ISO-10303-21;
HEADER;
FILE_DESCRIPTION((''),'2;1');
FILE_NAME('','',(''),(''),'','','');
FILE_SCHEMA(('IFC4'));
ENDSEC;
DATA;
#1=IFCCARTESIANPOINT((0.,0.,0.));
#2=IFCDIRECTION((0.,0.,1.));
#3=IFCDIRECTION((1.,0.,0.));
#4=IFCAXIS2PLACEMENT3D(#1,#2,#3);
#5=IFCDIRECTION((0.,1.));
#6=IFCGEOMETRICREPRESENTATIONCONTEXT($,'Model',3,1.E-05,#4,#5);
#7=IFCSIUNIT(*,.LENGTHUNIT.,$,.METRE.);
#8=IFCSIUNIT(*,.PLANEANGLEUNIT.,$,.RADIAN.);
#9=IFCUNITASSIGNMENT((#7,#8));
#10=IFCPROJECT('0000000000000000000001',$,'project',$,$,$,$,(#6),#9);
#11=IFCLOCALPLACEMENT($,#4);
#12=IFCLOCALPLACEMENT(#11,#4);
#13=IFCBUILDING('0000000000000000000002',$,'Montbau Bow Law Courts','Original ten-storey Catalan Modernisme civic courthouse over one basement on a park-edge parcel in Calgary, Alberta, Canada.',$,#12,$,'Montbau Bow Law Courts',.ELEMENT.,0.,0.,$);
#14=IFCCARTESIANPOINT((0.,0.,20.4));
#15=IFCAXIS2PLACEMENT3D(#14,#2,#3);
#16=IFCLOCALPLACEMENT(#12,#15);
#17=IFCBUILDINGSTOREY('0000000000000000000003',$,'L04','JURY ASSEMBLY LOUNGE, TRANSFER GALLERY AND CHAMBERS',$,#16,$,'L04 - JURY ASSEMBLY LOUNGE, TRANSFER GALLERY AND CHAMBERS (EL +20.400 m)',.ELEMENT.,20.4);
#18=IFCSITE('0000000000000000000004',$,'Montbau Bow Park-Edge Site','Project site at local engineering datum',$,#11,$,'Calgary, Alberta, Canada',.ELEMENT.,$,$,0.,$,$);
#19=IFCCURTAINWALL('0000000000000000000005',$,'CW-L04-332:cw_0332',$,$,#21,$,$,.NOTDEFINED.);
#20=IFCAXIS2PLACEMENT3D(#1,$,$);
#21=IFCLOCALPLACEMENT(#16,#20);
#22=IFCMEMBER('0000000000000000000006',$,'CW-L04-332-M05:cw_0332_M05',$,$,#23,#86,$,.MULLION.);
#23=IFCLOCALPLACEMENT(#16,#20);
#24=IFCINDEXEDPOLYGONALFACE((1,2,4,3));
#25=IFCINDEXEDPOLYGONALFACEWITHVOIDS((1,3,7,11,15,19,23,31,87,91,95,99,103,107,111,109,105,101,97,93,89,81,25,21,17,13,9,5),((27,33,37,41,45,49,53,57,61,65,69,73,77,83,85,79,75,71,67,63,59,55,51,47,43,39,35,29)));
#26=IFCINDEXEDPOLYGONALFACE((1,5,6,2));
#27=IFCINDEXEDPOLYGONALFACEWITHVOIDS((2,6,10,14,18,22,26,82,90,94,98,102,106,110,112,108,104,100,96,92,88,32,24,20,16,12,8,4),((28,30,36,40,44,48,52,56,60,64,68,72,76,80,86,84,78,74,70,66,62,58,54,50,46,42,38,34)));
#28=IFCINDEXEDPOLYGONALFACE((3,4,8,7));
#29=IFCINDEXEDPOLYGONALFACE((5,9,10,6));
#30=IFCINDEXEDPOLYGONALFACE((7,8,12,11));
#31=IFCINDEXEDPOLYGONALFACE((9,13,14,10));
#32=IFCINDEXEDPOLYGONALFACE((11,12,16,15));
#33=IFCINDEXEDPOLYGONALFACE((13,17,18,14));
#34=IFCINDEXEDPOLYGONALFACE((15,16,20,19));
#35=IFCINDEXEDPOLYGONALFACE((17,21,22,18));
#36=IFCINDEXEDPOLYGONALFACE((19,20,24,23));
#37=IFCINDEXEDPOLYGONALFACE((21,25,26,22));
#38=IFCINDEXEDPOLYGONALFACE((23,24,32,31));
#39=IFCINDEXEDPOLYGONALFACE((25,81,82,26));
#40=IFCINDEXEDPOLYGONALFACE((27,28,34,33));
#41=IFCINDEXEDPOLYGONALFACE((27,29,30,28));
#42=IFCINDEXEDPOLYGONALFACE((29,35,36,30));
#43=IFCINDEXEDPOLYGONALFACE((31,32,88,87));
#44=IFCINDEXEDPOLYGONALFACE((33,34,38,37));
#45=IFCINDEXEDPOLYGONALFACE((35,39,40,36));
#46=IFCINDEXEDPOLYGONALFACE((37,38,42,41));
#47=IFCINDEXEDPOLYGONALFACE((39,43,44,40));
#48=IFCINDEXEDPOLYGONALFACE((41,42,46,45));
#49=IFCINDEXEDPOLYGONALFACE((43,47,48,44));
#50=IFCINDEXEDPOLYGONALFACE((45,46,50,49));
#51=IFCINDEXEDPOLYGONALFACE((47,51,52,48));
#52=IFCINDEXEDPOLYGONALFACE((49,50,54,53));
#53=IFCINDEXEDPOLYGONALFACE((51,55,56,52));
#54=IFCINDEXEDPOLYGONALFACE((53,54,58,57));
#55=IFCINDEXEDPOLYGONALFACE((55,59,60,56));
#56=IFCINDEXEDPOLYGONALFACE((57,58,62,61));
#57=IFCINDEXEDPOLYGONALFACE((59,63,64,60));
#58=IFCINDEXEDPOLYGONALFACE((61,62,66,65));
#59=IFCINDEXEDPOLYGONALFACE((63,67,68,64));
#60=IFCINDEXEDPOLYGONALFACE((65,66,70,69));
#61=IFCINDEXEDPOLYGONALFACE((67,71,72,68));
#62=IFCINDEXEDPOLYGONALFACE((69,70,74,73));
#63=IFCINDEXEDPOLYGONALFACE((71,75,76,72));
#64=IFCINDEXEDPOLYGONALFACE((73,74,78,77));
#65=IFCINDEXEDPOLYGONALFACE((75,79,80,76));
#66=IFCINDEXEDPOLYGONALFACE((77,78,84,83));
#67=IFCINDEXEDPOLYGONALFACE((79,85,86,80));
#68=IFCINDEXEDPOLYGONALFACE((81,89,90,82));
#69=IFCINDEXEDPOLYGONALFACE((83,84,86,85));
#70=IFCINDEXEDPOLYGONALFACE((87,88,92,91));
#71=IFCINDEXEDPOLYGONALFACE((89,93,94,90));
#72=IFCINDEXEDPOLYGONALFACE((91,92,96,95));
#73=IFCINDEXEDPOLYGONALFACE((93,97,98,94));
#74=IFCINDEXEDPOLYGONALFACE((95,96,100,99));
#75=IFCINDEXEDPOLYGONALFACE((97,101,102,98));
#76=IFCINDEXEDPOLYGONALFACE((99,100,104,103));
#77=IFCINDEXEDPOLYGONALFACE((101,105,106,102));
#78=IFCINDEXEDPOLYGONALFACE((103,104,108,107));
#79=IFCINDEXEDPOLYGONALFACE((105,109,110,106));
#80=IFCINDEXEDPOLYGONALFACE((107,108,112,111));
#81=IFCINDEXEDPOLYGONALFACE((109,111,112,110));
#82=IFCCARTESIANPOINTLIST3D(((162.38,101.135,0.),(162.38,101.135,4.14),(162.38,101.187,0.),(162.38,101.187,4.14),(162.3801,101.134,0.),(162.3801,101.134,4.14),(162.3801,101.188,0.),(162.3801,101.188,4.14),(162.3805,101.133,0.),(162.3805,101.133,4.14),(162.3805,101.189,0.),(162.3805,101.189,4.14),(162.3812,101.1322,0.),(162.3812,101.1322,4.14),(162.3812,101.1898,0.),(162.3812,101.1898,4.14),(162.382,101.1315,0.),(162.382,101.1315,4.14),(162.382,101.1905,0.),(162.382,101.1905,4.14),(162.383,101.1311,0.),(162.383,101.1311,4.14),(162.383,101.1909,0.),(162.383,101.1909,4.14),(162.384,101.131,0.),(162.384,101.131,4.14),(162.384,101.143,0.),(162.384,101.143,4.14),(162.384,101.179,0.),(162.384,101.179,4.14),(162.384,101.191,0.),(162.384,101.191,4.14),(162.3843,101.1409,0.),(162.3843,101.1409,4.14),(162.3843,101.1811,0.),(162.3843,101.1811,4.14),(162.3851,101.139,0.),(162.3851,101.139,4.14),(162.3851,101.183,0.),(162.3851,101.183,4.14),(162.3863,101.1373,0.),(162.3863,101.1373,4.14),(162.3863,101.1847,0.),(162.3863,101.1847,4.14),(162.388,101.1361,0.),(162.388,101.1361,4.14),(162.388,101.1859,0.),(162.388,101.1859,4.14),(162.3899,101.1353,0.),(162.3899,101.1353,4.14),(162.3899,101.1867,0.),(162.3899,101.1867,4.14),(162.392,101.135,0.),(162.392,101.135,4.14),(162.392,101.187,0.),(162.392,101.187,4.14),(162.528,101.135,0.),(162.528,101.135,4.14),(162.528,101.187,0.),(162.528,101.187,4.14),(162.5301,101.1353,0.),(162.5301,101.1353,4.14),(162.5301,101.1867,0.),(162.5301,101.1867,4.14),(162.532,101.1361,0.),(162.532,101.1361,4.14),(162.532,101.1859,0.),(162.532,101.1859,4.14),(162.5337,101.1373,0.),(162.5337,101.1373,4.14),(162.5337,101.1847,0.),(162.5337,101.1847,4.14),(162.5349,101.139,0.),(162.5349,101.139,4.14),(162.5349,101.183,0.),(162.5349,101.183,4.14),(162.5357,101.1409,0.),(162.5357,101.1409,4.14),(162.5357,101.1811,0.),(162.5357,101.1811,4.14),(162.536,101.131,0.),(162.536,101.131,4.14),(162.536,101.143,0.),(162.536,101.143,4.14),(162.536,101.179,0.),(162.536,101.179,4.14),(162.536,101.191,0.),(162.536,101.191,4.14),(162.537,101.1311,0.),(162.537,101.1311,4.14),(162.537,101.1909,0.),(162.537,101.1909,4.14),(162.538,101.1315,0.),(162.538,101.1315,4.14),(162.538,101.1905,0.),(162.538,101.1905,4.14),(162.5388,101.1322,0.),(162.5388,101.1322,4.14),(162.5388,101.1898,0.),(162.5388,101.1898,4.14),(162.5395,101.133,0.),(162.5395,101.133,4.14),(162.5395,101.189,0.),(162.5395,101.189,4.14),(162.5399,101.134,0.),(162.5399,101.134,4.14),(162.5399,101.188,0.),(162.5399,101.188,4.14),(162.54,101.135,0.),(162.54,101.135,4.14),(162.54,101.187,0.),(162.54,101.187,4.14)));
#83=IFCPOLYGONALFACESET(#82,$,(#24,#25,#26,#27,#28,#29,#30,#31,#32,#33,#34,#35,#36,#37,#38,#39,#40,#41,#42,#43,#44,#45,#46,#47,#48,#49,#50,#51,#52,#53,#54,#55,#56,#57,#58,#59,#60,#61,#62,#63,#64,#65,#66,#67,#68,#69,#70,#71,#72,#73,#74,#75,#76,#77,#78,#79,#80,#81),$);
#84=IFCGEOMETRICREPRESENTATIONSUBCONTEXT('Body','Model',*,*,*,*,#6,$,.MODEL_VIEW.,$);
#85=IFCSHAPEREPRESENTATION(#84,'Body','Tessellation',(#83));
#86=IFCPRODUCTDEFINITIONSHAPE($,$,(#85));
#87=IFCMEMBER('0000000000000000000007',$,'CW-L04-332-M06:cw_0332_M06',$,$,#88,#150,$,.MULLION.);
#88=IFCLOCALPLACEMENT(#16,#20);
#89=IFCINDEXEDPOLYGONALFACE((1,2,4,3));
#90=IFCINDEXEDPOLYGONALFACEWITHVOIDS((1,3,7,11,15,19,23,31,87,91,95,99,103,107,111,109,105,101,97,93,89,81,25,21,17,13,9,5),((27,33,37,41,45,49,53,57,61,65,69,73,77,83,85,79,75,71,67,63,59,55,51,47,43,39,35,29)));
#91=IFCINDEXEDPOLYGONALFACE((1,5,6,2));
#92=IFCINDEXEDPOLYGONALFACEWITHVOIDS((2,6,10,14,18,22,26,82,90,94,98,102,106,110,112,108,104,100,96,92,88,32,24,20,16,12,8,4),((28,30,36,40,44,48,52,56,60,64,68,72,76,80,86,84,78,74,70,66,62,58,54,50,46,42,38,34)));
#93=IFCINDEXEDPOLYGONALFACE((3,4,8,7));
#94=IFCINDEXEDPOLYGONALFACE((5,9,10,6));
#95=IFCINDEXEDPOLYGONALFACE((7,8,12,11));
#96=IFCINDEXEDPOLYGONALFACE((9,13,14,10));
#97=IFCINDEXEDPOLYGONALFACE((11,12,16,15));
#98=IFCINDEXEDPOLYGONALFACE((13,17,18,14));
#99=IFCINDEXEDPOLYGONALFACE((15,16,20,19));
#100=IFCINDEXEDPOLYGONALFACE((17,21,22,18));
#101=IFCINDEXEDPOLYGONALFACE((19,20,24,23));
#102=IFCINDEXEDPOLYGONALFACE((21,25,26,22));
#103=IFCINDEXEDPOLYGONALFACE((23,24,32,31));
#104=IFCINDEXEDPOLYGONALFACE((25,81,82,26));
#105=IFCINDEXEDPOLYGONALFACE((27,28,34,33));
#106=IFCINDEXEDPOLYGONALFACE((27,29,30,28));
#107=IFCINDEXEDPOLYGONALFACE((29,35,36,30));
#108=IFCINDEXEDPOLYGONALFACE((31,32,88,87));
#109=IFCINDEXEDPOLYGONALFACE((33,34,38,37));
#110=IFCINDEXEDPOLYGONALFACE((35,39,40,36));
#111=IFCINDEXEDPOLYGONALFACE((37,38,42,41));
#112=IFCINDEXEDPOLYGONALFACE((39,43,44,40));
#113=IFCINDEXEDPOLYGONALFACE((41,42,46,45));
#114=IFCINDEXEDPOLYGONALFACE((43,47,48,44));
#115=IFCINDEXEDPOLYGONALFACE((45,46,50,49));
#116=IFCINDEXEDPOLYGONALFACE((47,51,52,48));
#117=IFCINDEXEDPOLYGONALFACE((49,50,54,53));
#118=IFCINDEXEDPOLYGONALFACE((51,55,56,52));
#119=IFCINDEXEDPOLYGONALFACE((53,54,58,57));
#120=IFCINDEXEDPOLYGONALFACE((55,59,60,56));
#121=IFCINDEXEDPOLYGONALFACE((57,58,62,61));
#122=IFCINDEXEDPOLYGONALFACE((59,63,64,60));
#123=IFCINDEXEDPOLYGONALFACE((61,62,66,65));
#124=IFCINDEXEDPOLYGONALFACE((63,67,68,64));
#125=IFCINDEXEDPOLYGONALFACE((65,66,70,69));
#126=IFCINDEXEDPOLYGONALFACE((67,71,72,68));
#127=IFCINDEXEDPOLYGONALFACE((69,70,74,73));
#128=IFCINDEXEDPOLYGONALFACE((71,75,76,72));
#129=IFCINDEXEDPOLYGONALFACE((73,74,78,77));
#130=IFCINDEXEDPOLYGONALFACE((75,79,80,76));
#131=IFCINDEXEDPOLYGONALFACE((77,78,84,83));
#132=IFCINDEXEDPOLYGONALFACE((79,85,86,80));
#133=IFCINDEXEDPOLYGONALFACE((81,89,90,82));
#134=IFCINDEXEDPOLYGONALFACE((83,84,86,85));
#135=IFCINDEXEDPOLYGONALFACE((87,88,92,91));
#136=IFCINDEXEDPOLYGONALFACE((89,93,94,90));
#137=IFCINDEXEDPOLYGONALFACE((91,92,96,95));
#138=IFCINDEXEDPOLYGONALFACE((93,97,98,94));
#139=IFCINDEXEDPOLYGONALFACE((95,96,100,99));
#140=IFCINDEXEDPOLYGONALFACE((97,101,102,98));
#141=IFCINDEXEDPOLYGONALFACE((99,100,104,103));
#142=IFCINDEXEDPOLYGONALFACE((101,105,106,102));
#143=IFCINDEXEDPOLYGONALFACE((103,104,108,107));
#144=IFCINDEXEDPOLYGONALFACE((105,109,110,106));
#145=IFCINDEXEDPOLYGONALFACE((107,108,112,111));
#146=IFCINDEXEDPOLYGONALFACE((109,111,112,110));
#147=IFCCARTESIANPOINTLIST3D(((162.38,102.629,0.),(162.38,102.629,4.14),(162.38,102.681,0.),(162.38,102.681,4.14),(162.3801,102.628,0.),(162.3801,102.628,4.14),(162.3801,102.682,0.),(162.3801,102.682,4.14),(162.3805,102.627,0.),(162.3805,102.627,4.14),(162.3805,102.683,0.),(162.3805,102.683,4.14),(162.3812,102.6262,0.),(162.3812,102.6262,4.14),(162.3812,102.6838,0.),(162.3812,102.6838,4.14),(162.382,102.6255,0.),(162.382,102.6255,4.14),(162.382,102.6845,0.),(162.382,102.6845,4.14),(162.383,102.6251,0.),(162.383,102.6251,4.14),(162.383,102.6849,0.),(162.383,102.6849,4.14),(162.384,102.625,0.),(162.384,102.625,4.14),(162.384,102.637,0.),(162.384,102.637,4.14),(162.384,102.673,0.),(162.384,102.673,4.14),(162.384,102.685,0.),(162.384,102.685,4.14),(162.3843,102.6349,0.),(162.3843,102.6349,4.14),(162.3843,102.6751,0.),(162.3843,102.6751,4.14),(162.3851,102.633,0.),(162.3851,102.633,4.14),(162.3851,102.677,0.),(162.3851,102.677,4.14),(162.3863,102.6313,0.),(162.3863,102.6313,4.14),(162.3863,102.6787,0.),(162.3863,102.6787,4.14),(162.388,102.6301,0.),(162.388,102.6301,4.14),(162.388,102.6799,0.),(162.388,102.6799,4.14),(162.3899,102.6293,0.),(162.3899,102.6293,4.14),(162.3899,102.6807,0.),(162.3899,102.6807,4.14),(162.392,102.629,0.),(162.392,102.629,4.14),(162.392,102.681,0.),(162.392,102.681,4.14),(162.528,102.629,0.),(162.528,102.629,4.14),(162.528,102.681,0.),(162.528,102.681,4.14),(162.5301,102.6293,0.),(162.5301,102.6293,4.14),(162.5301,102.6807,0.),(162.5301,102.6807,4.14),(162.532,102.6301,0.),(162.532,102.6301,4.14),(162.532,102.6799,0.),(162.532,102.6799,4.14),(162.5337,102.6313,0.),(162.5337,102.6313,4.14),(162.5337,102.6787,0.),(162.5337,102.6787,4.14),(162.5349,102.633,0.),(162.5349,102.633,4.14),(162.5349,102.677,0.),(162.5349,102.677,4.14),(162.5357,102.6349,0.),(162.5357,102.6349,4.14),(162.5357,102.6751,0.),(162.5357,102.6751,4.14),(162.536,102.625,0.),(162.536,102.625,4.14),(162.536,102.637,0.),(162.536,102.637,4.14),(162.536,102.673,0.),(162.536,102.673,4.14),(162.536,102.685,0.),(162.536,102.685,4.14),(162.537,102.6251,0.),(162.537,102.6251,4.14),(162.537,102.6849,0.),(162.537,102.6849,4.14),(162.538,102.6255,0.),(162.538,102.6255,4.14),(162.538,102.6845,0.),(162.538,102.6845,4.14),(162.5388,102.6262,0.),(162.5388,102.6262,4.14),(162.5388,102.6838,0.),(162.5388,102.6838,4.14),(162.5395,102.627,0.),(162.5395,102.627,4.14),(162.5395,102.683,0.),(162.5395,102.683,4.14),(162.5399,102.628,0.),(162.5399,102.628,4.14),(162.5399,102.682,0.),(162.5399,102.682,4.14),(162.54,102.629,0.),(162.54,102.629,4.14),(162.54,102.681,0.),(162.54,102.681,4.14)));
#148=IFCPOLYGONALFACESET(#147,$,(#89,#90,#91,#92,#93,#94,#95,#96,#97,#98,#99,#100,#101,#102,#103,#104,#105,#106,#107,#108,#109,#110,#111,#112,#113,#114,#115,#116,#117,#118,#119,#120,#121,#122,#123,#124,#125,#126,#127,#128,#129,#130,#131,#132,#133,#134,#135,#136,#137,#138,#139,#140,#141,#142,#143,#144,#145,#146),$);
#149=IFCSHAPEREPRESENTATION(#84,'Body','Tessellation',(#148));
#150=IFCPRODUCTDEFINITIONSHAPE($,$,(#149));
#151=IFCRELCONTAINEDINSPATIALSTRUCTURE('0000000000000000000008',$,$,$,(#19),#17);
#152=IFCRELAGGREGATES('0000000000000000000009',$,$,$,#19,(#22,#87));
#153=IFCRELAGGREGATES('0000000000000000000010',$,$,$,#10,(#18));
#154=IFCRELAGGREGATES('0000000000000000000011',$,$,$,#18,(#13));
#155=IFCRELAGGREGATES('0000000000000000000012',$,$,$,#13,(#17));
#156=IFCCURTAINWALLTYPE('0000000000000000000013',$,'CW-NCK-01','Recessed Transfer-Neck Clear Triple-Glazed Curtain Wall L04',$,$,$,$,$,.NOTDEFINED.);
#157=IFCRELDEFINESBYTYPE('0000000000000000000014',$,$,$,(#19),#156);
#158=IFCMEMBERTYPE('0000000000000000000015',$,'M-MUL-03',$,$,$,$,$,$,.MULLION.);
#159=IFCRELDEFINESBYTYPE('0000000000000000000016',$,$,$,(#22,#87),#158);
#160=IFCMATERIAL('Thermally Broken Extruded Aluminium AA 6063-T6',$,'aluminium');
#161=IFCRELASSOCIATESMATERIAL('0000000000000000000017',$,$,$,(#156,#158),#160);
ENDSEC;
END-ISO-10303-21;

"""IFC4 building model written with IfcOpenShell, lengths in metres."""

from ifc_helpers import new_model, si_unit, direction, frame, origin_with_axes, origin_2d_with_axis, place, context, subcontext, project, spatial, hollow_rectangle, extrude, material, material_profile, profile_set, type_object, element, aggregate, save


model = new_model("IFC4")

# Units and contexts
model_context = context("Model", 3, precision=1e-05, world=origin_with_axes(), true_north=direction((0.0, 1.0)))
body_context = subcontext(model_context, "Body", "Model", "MODEL_VIEW")
ifc_project = project(units=[si_unit("LENGTHUNIT", "METRE"), si_unit("PLANEANGLEUNIT", "RADIAN")], contexts=[model_context])

# Site, building, storey
site_placement = place(None, origin_with_axes())
site = spatial("IfcSite", under=ifc_project, at=site_placement, Name="Montbau Bow Park-Edge Site", Description="Project site at local engineering datum", LongName="Calgary, Alberta, Canada", CompositionType="ELEMENT", RefElevation=0.0)
building_placement = place(site_placement, origin_with_axes())
building = spatial("IfcBuilding", under=site, at=building_placement, Name="Montbau Bow Law Courts", Description="Original ten-storey Catalan Modernisme civic courthouse over one basement on a park-edge parcel in Calgary, Alberta, Canada.", LongName="Montbau Bow Law Courts", CompositionType="ELEMENT", ElevationOfRefHeight=0.0, ElevationOfTerrain=0.0)
storey_placement = place(building_placement, frame((0.0, 0.0, 20.4), z_axis=(0.0, 0.0, 1.0), x_axis=(1.0, 0.0, 0.0)))
storey = spatial("IfcBuildingStorey", under=building, at=storey_placement, Name="L04", Description="JURY ASSEMBLY LOUNGE, TRANSFER GALLERY AND CHAMBERS", LongName="L04 - JURY ASSEMBLY LOUNGE, TRANSFER GALLERY AND CHAMBERS (EL +20.400 m)", CompositionType="ELEMENT", Elevation=20.4)

# Curtain wall, members
ifc_material_1 = material(Name="Thermally Broken Extruded Aluminium AA 6063-T6", Category="aluminium")
curtain_wall_type = type_object("IfcCurtainWallType", Name="CW-NCK-01", Description="Recessed Transfer-Neck Clear Triple-Glazed Curtain Wall L04", PredefinedType="NOTDEFINED", material=ifc_material_1)
curtain_wall_placement = place(None, frame((162.46, 95.067, 20.4), z_axis=(0.0, 0.0, 1.0), x_axis=(1.0, 0.0, 0.0)))
curtain_wall = element("IfcCurtainWall", 1, at=curtain_wall_placement, inside=storey, type_object=curtain_wall_type, Name="CW-L04-332:cw_0332", PredefinedType="NOTDEFINED")
ifc_material_profile_1 = material_profile(ifc_material_1, hollow_rectangle(XDim=0.06, YDim=0.16, WallThickness=0.004, InnerFilletRadius=0.008, OuterFilletRadius=0.004, at=origin_2d_with_axis()), Name="CWM-160X60", Category="Main", Priority=0)
ifc_profile_set_1 = profile_set([ifc_material_profile_1], Name="Thermally Broken Extruded Aluminium AA 6063-T6")
member_type_1 = type_object("IfcMemberType", Name="M-MUL-03", PredefinedType="MULLION", material=ifc_profile_set_1)
member_1_placement = place(None, frame((162.46, 101.161, 20.4), z_axis=(0.0, 0.0, 1.0), x_axis=(0.0, 1.0, 0.0)))
member_1 = element("IfcMember", 2, at=member_1_placement, type_object=member_type_1, Name="CW-L04-332-M05:cw_0332_M05", PredefinedType="MULLION", context=body_context, shape_type="SweptSolid", body=[
    extrude(hollow_rectangle(XDim=0.06, YDim=0.16, WallThickness=0.004, InnerFilletRadius=0.008, OuterFilletRadius=0.004, at=origin_2d_with_axis()), origin_with_axes(), (0.0, 0.0, 1.0), 4.14),
])
member_2_placement = place(None, frame((162.46, 102.655, 20.4), z_axis=(0.0, 0.0, 1.0), x_axis=(0.0, 1.0, 0.0)))
member_2 = element("IfcMember", 3, at=member_2_placement, type_object=member_type_1, Name="CW-L04-332-M06:cw_0332_M06", PredefinedType="MULLION", context=body_context, shape_type="SweptSolid", body=[
    extrude(hollow_rectangle(XDim=0.06, YDim=0.16, WallThickness=0.004, InnerFilletRadius=0.008, OuterFilletRadius=0.004, at=origin_2d_with_axis()), origin_with_axes(), (0.0, 0.0, 1.0), 4.14),
])
aggregate(curtain_wall, [member_1, member_2])

save(model, "model.ifc")
